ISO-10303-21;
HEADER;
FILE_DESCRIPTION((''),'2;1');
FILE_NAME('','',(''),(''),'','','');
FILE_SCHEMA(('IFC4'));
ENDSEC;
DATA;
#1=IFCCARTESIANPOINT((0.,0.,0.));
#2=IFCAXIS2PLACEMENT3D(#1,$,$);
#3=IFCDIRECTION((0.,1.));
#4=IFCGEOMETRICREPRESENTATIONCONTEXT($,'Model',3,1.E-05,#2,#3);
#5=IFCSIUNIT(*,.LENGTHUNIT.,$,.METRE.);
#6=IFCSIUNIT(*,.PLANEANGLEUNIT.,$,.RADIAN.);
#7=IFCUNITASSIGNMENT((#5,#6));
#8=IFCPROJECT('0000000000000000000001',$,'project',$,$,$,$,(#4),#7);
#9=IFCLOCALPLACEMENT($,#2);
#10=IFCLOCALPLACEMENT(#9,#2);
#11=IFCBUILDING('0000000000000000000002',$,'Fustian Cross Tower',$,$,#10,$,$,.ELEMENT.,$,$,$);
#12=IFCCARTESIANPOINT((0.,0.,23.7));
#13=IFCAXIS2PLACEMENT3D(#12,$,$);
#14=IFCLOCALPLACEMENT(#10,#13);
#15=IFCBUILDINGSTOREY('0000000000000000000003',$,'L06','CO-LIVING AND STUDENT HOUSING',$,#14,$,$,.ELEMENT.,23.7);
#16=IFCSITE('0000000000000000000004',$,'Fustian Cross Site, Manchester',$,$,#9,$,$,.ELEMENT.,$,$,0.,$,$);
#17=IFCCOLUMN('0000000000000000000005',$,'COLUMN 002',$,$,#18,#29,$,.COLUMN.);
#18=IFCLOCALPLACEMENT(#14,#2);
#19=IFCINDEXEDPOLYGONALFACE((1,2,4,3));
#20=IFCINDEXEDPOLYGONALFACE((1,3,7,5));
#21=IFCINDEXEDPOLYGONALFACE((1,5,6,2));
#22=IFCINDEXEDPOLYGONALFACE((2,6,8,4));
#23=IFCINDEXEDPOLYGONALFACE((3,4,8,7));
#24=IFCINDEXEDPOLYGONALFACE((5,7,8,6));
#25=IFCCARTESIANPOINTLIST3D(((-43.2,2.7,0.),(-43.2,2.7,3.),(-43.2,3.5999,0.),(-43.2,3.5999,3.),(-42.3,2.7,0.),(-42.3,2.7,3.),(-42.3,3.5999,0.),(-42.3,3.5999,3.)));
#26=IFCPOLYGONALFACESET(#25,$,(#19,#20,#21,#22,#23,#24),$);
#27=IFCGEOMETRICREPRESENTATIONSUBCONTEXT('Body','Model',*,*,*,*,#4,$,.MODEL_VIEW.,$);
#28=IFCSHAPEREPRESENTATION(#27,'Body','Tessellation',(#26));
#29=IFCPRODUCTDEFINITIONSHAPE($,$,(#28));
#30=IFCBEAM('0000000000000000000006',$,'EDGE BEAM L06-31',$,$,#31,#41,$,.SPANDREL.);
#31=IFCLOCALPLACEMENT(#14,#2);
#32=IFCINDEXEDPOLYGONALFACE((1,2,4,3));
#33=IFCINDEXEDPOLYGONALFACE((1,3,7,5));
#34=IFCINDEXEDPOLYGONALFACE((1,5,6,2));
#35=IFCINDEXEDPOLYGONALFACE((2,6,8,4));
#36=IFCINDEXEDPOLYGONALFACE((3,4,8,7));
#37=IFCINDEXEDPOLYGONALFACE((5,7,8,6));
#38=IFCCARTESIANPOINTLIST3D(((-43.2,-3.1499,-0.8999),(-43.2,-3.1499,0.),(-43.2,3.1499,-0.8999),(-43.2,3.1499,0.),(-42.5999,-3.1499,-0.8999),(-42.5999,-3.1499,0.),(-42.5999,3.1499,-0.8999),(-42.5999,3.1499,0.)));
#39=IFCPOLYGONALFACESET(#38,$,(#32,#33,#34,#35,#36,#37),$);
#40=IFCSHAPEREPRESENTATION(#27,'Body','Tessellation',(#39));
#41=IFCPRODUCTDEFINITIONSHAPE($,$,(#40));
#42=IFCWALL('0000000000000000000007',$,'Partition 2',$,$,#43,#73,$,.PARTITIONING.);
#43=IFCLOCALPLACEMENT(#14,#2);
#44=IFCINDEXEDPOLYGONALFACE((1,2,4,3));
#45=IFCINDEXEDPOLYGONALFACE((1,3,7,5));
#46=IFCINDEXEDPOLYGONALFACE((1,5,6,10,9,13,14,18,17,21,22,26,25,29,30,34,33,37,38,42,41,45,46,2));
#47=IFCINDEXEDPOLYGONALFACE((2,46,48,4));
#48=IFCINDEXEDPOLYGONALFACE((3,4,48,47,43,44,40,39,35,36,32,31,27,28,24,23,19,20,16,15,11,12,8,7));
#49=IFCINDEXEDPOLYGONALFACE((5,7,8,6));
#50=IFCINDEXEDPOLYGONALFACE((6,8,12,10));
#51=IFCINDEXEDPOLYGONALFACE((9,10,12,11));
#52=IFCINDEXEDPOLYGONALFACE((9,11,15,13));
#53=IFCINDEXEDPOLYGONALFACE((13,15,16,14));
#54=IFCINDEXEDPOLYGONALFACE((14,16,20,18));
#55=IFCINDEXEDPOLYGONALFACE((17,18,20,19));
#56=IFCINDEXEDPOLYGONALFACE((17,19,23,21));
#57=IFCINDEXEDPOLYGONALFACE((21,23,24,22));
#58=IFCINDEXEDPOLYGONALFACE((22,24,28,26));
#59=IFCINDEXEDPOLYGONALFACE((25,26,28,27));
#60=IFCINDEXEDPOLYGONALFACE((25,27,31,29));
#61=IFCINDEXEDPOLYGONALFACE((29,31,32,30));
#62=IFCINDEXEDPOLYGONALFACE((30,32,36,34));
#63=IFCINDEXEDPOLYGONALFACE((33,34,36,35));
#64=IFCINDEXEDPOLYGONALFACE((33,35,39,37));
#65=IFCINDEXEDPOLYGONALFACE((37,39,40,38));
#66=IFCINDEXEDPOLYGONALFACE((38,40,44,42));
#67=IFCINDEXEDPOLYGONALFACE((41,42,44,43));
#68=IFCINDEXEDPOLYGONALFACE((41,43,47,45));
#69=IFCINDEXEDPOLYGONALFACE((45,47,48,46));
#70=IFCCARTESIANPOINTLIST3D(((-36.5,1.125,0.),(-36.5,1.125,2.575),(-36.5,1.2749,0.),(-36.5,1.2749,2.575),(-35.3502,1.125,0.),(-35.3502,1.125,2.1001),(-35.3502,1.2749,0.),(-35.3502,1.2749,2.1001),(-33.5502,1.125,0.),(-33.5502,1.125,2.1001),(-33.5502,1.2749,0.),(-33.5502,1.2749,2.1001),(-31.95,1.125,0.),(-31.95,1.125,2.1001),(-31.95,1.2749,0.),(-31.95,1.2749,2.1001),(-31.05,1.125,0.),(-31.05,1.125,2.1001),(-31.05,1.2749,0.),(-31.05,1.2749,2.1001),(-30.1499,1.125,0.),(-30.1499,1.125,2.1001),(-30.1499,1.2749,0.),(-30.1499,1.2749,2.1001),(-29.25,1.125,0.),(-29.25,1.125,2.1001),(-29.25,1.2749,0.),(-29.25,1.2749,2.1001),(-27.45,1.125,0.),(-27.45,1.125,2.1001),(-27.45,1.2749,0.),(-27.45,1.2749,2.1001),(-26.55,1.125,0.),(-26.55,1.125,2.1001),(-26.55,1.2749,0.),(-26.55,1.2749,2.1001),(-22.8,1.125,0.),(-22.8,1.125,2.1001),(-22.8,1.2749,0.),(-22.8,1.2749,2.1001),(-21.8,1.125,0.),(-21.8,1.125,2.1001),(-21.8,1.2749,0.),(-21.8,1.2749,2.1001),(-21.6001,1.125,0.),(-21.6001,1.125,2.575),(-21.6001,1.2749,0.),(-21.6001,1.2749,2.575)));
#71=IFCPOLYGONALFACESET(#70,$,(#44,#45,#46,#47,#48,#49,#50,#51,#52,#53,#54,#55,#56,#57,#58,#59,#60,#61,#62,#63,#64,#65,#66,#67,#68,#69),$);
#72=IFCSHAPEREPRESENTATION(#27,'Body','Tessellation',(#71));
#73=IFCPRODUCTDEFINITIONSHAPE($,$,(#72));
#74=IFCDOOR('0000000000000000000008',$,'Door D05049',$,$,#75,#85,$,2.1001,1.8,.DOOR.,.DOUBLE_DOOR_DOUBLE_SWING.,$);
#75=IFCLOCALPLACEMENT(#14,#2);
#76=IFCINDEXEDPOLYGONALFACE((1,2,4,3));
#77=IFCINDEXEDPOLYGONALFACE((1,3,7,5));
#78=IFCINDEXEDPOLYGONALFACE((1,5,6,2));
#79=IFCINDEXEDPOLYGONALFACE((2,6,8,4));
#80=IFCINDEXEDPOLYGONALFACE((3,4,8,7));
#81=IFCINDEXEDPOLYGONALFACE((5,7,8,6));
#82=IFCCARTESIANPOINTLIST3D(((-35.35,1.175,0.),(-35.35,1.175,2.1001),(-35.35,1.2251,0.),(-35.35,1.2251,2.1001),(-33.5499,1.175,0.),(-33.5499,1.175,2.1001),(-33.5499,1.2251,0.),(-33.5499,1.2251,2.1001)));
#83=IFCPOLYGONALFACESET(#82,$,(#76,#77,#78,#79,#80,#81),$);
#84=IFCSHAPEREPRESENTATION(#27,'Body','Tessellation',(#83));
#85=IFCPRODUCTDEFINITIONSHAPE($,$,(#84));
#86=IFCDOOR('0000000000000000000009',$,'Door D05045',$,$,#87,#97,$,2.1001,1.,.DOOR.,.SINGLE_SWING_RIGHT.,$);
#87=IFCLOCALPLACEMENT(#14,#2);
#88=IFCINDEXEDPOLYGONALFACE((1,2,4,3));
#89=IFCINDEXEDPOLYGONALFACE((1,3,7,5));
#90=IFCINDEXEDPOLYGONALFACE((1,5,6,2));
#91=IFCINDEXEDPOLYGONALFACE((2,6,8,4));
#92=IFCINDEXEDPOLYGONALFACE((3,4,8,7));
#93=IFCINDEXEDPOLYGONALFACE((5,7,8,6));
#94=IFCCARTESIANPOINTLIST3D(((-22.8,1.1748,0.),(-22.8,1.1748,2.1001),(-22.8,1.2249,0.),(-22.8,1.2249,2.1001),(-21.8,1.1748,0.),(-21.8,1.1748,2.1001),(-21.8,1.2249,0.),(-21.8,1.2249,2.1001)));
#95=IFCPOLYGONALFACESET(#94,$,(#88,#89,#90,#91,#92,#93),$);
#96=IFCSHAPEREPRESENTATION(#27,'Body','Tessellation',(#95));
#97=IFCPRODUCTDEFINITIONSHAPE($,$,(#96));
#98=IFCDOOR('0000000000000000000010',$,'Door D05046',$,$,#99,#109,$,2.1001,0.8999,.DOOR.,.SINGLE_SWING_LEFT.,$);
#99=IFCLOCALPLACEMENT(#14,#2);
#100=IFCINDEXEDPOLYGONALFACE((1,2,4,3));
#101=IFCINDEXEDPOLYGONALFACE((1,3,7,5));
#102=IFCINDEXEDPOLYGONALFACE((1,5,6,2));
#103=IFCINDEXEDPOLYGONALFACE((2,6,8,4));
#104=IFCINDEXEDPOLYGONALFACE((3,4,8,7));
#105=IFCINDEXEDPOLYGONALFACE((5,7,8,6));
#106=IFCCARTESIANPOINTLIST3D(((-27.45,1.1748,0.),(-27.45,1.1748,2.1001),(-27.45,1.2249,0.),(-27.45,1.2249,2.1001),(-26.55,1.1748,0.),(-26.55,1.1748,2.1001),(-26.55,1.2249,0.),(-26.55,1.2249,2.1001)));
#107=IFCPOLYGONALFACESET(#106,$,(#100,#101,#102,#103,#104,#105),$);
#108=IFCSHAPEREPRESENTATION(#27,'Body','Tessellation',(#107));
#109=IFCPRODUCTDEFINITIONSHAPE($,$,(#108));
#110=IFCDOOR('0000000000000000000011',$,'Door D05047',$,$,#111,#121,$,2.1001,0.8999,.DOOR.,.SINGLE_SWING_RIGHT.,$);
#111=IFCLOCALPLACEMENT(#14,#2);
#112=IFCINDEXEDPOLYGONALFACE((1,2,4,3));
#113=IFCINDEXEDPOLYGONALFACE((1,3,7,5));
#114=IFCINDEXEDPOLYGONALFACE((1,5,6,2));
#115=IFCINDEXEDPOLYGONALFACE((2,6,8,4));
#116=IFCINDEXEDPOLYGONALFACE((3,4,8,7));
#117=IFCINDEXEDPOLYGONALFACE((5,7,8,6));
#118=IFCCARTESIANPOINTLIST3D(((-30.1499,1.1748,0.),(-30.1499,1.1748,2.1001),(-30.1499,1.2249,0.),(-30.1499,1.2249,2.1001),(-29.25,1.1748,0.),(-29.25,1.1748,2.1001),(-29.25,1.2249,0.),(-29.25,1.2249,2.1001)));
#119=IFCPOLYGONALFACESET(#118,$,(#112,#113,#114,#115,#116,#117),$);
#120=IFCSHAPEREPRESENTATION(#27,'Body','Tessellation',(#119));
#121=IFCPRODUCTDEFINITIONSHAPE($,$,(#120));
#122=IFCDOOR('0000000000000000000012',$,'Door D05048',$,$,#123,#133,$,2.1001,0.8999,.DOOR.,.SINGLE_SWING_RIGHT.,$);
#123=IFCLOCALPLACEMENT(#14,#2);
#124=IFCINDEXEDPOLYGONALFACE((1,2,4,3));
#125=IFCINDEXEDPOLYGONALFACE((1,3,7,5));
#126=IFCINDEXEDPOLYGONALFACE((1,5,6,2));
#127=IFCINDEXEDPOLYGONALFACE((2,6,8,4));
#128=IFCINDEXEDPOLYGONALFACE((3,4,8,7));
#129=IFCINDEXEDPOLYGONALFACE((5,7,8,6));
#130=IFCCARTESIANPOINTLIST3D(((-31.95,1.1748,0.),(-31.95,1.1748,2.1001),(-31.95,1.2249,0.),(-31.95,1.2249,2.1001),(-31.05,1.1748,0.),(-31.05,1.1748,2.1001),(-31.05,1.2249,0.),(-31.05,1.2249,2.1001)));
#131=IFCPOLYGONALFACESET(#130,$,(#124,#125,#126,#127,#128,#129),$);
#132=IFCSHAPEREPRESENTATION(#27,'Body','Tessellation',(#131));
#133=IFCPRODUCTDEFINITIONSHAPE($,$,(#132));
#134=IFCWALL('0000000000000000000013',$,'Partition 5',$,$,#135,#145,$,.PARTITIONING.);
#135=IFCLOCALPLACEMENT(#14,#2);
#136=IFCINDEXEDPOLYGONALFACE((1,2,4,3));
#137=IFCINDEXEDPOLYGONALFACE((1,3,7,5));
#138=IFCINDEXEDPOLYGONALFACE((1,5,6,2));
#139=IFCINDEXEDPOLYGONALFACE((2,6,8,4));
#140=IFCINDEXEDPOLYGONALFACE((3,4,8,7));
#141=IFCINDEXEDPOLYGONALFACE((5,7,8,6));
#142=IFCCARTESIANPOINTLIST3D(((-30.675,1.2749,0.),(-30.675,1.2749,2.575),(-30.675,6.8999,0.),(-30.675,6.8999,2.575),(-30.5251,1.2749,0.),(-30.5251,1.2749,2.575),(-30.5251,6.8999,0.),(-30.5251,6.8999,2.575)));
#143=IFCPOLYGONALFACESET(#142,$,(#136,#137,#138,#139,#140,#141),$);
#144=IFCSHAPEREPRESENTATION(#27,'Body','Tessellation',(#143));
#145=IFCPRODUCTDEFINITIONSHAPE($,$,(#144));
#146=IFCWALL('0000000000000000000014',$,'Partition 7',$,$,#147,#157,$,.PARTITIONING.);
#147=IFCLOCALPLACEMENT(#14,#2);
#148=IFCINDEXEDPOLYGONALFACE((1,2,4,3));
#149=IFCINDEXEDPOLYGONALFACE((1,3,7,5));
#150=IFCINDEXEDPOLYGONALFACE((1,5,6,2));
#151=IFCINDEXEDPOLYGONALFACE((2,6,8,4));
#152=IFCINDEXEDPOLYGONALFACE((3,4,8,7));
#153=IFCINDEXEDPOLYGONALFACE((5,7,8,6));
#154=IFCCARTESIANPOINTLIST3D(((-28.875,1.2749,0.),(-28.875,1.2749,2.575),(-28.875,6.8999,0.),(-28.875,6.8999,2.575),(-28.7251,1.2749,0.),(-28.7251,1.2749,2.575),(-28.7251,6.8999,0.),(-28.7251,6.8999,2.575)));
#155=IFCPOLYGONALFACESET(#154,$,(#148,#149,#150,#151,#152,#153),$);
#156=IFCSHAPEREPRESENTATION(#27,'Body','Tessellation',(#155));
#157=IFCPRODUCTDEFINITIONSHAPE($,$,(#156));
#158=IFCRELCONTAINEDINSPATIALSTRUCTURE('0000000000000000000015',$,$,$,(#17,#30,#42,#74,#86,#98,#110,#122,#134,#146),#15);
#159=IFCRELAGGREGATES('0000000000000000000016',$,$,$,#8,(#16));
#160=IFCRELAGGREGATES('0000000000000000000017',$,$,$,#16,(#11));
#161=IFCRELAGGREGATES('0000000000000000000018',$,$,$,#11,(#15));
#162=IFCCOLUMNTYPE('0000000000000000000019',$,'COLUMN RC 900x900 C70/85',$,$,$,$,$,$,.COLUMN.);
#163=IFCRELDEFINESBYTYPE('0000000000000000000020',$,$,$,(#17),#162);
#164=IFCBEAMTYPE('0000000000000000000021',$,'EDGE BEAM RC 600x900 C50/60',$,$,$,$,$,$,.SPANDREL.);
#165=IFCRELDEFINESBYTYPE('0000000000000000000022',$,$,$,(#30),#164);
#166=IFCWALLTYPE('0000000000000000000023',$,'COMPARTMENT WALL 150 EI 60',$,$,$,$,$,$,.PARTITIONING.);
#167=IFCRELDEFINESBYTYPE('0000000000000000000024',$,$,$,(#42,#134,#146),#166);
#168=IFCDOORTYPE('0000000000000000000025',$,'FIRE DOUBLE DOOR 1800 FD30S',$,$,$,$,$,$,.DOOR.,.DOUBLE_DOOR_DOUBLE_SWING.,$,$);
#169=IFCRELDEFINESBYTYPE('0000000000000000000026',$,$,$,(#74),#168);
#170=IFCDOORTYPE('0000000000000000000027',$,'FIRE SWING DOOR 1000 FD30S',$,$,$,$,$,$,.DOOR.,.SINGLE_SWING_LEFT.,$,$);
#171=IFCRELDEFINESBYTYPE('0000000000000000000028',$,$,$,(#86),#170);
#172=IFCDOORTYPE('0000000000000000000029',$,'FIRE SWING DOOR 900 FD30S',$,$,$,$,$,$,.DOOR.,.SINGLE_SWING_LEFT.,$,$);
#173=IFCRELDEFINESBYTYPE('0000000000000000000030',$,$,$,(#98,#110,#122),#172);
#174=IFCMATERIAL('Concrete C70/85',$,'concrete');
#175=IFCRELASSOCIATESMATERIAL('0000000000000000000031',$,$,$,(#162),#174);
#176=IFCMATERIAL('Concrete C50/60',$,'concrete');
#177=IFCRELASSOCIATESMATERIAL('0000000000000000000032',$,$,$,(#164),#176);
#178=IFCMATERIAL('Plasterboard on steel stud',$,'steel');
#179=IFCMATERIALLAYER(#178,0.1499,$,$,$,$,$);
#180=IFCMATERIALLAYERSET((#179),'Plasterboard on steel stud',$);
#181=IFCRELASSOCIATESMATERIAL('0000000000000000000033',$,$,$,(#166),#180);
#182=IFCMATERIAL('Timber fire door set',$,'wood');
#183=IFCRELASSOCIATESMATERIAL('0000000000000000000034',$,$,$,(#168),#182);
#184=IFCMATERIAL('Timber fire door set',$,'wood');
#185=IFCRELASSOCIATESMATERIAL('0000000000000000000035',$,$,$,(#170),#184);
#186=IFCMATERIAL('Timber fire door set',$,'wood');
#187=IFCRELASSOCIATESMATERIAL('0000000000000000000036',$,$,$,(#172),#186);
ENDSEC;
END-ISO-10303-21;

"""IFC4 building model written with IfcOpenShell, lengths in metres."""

from ifc_helpers import new_model, si_unit, direction, frame, frame_2d, origin, origin_2d, place, context, subcontext, project, spatial, rectangle, extrude, material, layer, layer_set, material_profile, profile_set, type_object, element, fill, save


model = new_model("IFC4")

# Units and contexts
model_context = context("Model", 3, precision=1e-05, world=origin(), true_north=direction((0.0, 1.0)))
body_context = subcontext(model_context, "Body", "Model", "MODEL_VIEW")
ifc_project = project(units=[si_unit("LENGTHUNIT", "METRE"), si_unit("PLANEANGLEUNIT", "RADIAN")], contexts=[model_context])

# Site, building, storey
site_placement = place(None, origin())
site = spatial("IfcSite", under=ifc_project, at=site_placement, Name="Fustian Cross Site, Manchester", CompositionType="ELEMENT", RefElevation=0.0)
building_placement = place(site_placement, origin())
building = spatial("IfcBuilding", under=site, at=building_placement, Name="Fustian Cross Tower", CompositionType="ELEMENT")
storey_placement = place(building_placement, frame((0.0, 0.0, 23.7)))
storey = spatial("IfcBuildingStorey", under=building, at=storey_placement, Name="L06", Description="CO-LIVING AND STUDENT HOUSING", CompositionType="ELEMENT", Elevation=23.7)

# Column
ifc_material_1 = material(Name="Concrete C70/85", Category="concrete")
ifc_material_profile_1 = material_profile(ifc_material_1, rectangle(XDim=0.8999, YDim=0.8999, at=origin_2d()), Name="RC 900x900")
ifc_profile_set_1 = profile_set([ifc_material_profile_1], Name="Concrete C70/85")
column_type = type_object("IfcColumnType", Name="COLUMN RC 900x900 C70/85", PredefinedType="COLUMN", material=ifc_profile_set_1)
column_placement = place(storey_placement, frame((-42.75, 3.1499, 0.0), z_axis=(0.0, 0.0, 1.0), x_axis=(1.0, 0.0, 0.0)))
element("IfcColumn", 1, at=column_placement, inside=storey, type_object=column_type, Name="COLUMN 002", PredefinedType="COLUMN", context=body_context, shape_type="SweptSolid", body=[
    extrude(rectangle(XDim=0.8999, YDim=0.8999, at=origin_2d()), origin(), (0.0, 0.0, 1.0), 3.0),
])

# Beam
ifc_material_2 = material(Name="Concrete C50/60", Category="concrete")
ifc_material_profile_2 = material_profile(ifc_material_2, rectangle(XDim=0.6001, YDim=0.8999, at=origin_2d()), Name="RC 600x900")
ifc_profile_set_2 = profile_set([ifc_material_profile_2], Name="Concrete C50/60")
beam_type = type_object("IfcBeamType", Name="EDGE BEAM RC 600x900 C50/60", PredefinedType="SPANDREL", material=ifc_profile_set_2)
beam_placement = place(storey_placement, frame((-42.8999, 3.1499, -0.45), z_axis=(0.0, -1.0, 0.0), x_axis=(1.0, 0.0, 0.0)))
element("IfcBeam", 2, at=beam_placement, inside=storey, type_object=beam_type, Name="EDGE BEAM L06-31", PredefinedType="SPANDREL", context=body_context, shape_type="SweptSolid", body=[
    extrude(rectangle(XDim=0.6001, YDim=0.8999, at=origin_2d()), origin(), (0.0, 0.0, 1.0), 6.2998),
])

# Wall, openings, doors
ifc_material_3 = material(Name="Plasterboard on steel stud", Category="steel")
ifc_layer_1 = layer(ifc_material_3, 0.1499)
ifc_layer_set_1 = layer_set([ifc_layer_1], Name="Plasterboard on steel stud")
wall_type_1 = type_object("IfcWallType", Name="COMPARTMENT WALL 150 EI 60", PredefinedType="PARTITIONING", material=ifc_layer_set_1)
wall_1_placement = place(storey_placement, frame((-36.5, 1.2, 0.0), z_axis=(0.0, 0.0, 1.0), x_axis=(1.0, 0.0, 0.0)))
wall_1 = element("IfcWall", 3, at=wall_1_placement, inside=storey, type_object=wall_type_1, Name="Partition 2", PredefinedType="PARTITIONING", context=body_context, shape_type="SweptSolid", body=[
    extrude(rectangle(XDim=14.8999, YDim=0.1499, at=frame_2d((7.45, 0.0))), origin(), (0.0, 0.0, 1.0), 2.575),
])
opening_1_placement = place(wall_1_placement, frame((13.7, 0.0, 0.0)))
opening_1 = element("IfcOpeningElement", 4, at=opening_1_placement, cuts=wall_1, PredefinedType="OPENING", context=body_context, shape_type="SweptSolid", body=[
    extrude(rectangle(XDim=1.0, YDim=2.1001, at=frame_2d((0.5, 1.05))), frame((0.0, 0.085, 0.0), z_axis=(0.0, -1.0, 0.0), x_axis=(1.0, 0.0, 0.0)), (0.0, 0.0, 1.0), 0.1699),
])
opening_2_placement = place(wall_1_placement, frame((9.05, 0.0, 0.0)))
opening_2 = element("IfcOpeningElement", 5, at=opening_2_placement, cuts=wall_1, PredefinedType="OPENING", context=body_context, shape_type="SweptSolid", body=[
    extrude(rectangle(XDim=0.8999, YDim=2.1001, at=frame_2d((0.45, 1.05))), frame((0.0, 0.085, 0.0), z_axis=(0.0, -1.0, 0.0), x_axis=(1.0, 0.0, 0.0)), (0.0, 0.0, 1.0), 0.1699),
])
opening_3_placement = place(wall_1_placement, frame((6.3501, 0.0, 0.0)))
opening_3 = element("IfcOpeningElement", 6, at=opening_3_placement, cuts=wall_1, PredefinedType="OPENING", context=body_context, shape_type="SweptSolid", body=[
    extrude(rectangle(XDim=0.8999, YDim=2.1001, at=frame_2d((0.45, 1.05))), frame((0.0, 0.085, 0.0), z_axis=(0.0, -1.0, 0.0), x_axis=(1.0, 0.0, 0.0)), (0.0, 0.0, 1.0), 0.1699),
])
opening_4_placement = place(wall_1_placement, frame((4.55, 0.0, 0.0)))
opening_4 = element("IfcOpeningElement", 7, at=opening_4_placement, cuts=wall_1, PredefinedType="OPENING", context=body_context, shape_type="SweptSolid", body=[
    extrude(rectangle(XDim=0.8999, YDim=2.1001, at=frame_2d((0.45, 1.05))), frame((0.0, 0.085, 0.0), z_axis=(0.0, -1.0, 0.0), x_axis=(1.0, 0.0, 0.0)), (0.0, 0.0, 1.0), 0.1699),
])
opening_5_placement = place(wall_1_placement, frame((1.1499, 0.0, 0.0)))
opening_5 = element("IfcOpeningElement", 8, at=opening_5_placement, cuts=wall_1, PredefinedType="OPENING", context=body_context, shape_type="SweptSolid", body=[
    extrude(rectangle(XDim=1.8, YDim=2.1001, at=frame_2d((0.8999, 1.05))), frame((0.0, 0.085, 0.0), z_axis=(0.0, -1.0, 0.0), x_axis=(1.0, 0.0, 0.0)), (0.0, 0.0, 1.0), 0.1699),
])
ifc_material_4 = material(Name="Timber fire door set", Category="wood")
door_type_1 = type_object("IfcDoorType", Name="FIRE DOUBLE DOOR 1800 FD30S", OperationType="DOUBLE_DOOR_DOUBLE_SWING", PredefinedType="DOOR", material=ifc_material_4)
door_1_placement = place(opening_5_placement, frame((1.8, 0.0, 0.0), z_axis=(0.0, 0.0, 1.0), x_axis=(-1.0, 0.0, 0.0)))
door_1 = element("IfcDoor", 9, at=door_1_placement, inside=storey, type_object=door_type_1, Name="Door D05049", OperationType="DOUBLE_DOOR_DOUBLE_SWING", OverallHeight=2.1001, OverallWidth=1.8, PredefinedType="DOOR", context=body_context, shape_type="SweptSolid", body=[
    extrude(rectangle(XDim=1.8, YDim=2.1001, at=frame_2d((0.8999, 1.05))), frame((0.0, 0.0249, 0.0), z_axis=(0.0, -1.0, 0.0), x_axis=(1.0, 0.0, 0.0)), (0.0, 0.0, 1.0), 0.05),
])
fill(opening_5, door_1)
ifc_material_5 = material(Name="Timber fire door set", Category="wood")
door_type_2 = type_object("IfcDoorType", Name="FIRE SWING DOOR 1000 FD30S", OperationType="SINGLE_SWING_LEFT", PredefinedType="DOOR", material=ifc_material_5)
door_2_placement = place(opening_1_placement, origin())
door_2 = element("IfcDoor", 10, at=door_2_placement, inside=storey, type_object=door_type_2, Name="Door D05045", OperationType="SINGLE_SWING_RIGHT", OverallHeight=2.1001, OverallWidth=1.0, PredefinedType="DOOR", context=body_context, shape_type="SweptSolid", body=[
    extrude(rectangle(XDim=1.0, YDim=2.1001, at=frame_2d((0.5, 1.05))), frame((0.0, 0.0249, 0.0), z_axis=(0.0, -1.0, 0.0), x_axis=(1.0, 0.0, 0.0)), (0.0, 0.0, 1.0), 0.05),
])
fill(opening_1, door_2)
ifc_material_6 = material(Name="Timber fire door set", Category="wood")
door_type_3 = type_object("IfcDoorType", Name="FIRE SWING DOOR 900 FD30S", OperationType="SINGLE_SWING_LEFT", PredefinedType="DOOR", material=ifc_material_6)
door_3_placement = place(opening_2_placement, origin())
door_3 = element("IfcDoor", 11, at=door_3_placement, inside=storey, type_object=door_type_3, Name="Door D05046", OperationType="SINGLE_SWING_LEFT", OverallHeight=2.1001, OverallWidth=0.8999, PredefinedType="DOOR", context=body_context, shape_type="SweptSolid", body=[
    extrude(rectangle(XDim=0.8999, YDim=2.1001, at=frame_2d((0.45, 1.05))), frame((0.0, 0.0249, 0.0), z_axis=(0.0, -1.0, 0.0), x_axis=(1.0, 0.0, 0.0)), (0.0, 0.0, 1.0), 0.05),
])
fill(opening_2, door_3)
door_4_placement = place(opening_3_placement, origin())
door_4 = element("IfcDoor", 12, at=door_4_placement, inside=storey, type_object=door_type_3, Name="Door D05047", OperationType="SINGLE_SWING_RIGHT", OverallHeight=2.1001, OverallWidth=0.8999, PredefinedType="DOOR", context=body_context, shape_type="SweptSolid", body=[
    extrude(rectangle(XDim=0.8999, YDim=2.1001, at=frame_2d((0.45, 1.05))), frame((0.0, 0.0249, 0.0), z_axis=(0.0, -1.0, 0.0), x_axis=(1.0, 0.0, 0.0)), (0.0, 0.0, 1.0), 0.05),
])
fill(opening_3, door_4)
door_5_placement = place(opening_4_placement, origin())
door_5 = element("IfcDoor", 13, at=door_5_placement, inside=storey, type_object=door_type_3, Name="Door D05048", OperationType="SINGLE_SWING_RIGHT", OverallHeight=2.1001, OverallWidth=0.8999, PredefinedType="DOOR", context=body_context, shape_type="SweptSolid", body=[
    extrude(rectangle(XDim=0.8999, YDim=2.1001, at=frame_2d((0.45, 1.05))), frame((0.0, 0.0249, 0.0), z_axis=(0.0, -1.0, 0.0), x_axis=(1.0, 0.0, 0.0)), (0.0, 0.0, 1.0), 0.05),
])
fill(opening_4, door_5)

# Walls
for number, where, z_axis, x_axis, name in (
    (14, (-30.6001, 1.2749, 0.0), (0.0, 0.0, 1.0), (0.0, 1.0, 0.0), "Partition 5"),
    (15, (-28.8, 1.2749, 0.0), (0.0, 0.0, 1.0), (0.0, 1.0, 0.0), "Partition 7"),
):
    element("IfcWall", number, at=place(storey_placement, frame(where, z_axis=z_axis, x_axis=x_axis)), inside=storey, type_object=wall_type_1, Name=name, PredefinedType="PARTITIONING", context=body_context, shape_type="SweptSolid", body=[
        extrude(rectangle(XDim=5.625, YDim=0.1499, at=frame_2d((2.8125, 0.0))), origin(), (0.0, 0.0, 1.0), 2.575),
    ])

save(model, "model.ifc")
